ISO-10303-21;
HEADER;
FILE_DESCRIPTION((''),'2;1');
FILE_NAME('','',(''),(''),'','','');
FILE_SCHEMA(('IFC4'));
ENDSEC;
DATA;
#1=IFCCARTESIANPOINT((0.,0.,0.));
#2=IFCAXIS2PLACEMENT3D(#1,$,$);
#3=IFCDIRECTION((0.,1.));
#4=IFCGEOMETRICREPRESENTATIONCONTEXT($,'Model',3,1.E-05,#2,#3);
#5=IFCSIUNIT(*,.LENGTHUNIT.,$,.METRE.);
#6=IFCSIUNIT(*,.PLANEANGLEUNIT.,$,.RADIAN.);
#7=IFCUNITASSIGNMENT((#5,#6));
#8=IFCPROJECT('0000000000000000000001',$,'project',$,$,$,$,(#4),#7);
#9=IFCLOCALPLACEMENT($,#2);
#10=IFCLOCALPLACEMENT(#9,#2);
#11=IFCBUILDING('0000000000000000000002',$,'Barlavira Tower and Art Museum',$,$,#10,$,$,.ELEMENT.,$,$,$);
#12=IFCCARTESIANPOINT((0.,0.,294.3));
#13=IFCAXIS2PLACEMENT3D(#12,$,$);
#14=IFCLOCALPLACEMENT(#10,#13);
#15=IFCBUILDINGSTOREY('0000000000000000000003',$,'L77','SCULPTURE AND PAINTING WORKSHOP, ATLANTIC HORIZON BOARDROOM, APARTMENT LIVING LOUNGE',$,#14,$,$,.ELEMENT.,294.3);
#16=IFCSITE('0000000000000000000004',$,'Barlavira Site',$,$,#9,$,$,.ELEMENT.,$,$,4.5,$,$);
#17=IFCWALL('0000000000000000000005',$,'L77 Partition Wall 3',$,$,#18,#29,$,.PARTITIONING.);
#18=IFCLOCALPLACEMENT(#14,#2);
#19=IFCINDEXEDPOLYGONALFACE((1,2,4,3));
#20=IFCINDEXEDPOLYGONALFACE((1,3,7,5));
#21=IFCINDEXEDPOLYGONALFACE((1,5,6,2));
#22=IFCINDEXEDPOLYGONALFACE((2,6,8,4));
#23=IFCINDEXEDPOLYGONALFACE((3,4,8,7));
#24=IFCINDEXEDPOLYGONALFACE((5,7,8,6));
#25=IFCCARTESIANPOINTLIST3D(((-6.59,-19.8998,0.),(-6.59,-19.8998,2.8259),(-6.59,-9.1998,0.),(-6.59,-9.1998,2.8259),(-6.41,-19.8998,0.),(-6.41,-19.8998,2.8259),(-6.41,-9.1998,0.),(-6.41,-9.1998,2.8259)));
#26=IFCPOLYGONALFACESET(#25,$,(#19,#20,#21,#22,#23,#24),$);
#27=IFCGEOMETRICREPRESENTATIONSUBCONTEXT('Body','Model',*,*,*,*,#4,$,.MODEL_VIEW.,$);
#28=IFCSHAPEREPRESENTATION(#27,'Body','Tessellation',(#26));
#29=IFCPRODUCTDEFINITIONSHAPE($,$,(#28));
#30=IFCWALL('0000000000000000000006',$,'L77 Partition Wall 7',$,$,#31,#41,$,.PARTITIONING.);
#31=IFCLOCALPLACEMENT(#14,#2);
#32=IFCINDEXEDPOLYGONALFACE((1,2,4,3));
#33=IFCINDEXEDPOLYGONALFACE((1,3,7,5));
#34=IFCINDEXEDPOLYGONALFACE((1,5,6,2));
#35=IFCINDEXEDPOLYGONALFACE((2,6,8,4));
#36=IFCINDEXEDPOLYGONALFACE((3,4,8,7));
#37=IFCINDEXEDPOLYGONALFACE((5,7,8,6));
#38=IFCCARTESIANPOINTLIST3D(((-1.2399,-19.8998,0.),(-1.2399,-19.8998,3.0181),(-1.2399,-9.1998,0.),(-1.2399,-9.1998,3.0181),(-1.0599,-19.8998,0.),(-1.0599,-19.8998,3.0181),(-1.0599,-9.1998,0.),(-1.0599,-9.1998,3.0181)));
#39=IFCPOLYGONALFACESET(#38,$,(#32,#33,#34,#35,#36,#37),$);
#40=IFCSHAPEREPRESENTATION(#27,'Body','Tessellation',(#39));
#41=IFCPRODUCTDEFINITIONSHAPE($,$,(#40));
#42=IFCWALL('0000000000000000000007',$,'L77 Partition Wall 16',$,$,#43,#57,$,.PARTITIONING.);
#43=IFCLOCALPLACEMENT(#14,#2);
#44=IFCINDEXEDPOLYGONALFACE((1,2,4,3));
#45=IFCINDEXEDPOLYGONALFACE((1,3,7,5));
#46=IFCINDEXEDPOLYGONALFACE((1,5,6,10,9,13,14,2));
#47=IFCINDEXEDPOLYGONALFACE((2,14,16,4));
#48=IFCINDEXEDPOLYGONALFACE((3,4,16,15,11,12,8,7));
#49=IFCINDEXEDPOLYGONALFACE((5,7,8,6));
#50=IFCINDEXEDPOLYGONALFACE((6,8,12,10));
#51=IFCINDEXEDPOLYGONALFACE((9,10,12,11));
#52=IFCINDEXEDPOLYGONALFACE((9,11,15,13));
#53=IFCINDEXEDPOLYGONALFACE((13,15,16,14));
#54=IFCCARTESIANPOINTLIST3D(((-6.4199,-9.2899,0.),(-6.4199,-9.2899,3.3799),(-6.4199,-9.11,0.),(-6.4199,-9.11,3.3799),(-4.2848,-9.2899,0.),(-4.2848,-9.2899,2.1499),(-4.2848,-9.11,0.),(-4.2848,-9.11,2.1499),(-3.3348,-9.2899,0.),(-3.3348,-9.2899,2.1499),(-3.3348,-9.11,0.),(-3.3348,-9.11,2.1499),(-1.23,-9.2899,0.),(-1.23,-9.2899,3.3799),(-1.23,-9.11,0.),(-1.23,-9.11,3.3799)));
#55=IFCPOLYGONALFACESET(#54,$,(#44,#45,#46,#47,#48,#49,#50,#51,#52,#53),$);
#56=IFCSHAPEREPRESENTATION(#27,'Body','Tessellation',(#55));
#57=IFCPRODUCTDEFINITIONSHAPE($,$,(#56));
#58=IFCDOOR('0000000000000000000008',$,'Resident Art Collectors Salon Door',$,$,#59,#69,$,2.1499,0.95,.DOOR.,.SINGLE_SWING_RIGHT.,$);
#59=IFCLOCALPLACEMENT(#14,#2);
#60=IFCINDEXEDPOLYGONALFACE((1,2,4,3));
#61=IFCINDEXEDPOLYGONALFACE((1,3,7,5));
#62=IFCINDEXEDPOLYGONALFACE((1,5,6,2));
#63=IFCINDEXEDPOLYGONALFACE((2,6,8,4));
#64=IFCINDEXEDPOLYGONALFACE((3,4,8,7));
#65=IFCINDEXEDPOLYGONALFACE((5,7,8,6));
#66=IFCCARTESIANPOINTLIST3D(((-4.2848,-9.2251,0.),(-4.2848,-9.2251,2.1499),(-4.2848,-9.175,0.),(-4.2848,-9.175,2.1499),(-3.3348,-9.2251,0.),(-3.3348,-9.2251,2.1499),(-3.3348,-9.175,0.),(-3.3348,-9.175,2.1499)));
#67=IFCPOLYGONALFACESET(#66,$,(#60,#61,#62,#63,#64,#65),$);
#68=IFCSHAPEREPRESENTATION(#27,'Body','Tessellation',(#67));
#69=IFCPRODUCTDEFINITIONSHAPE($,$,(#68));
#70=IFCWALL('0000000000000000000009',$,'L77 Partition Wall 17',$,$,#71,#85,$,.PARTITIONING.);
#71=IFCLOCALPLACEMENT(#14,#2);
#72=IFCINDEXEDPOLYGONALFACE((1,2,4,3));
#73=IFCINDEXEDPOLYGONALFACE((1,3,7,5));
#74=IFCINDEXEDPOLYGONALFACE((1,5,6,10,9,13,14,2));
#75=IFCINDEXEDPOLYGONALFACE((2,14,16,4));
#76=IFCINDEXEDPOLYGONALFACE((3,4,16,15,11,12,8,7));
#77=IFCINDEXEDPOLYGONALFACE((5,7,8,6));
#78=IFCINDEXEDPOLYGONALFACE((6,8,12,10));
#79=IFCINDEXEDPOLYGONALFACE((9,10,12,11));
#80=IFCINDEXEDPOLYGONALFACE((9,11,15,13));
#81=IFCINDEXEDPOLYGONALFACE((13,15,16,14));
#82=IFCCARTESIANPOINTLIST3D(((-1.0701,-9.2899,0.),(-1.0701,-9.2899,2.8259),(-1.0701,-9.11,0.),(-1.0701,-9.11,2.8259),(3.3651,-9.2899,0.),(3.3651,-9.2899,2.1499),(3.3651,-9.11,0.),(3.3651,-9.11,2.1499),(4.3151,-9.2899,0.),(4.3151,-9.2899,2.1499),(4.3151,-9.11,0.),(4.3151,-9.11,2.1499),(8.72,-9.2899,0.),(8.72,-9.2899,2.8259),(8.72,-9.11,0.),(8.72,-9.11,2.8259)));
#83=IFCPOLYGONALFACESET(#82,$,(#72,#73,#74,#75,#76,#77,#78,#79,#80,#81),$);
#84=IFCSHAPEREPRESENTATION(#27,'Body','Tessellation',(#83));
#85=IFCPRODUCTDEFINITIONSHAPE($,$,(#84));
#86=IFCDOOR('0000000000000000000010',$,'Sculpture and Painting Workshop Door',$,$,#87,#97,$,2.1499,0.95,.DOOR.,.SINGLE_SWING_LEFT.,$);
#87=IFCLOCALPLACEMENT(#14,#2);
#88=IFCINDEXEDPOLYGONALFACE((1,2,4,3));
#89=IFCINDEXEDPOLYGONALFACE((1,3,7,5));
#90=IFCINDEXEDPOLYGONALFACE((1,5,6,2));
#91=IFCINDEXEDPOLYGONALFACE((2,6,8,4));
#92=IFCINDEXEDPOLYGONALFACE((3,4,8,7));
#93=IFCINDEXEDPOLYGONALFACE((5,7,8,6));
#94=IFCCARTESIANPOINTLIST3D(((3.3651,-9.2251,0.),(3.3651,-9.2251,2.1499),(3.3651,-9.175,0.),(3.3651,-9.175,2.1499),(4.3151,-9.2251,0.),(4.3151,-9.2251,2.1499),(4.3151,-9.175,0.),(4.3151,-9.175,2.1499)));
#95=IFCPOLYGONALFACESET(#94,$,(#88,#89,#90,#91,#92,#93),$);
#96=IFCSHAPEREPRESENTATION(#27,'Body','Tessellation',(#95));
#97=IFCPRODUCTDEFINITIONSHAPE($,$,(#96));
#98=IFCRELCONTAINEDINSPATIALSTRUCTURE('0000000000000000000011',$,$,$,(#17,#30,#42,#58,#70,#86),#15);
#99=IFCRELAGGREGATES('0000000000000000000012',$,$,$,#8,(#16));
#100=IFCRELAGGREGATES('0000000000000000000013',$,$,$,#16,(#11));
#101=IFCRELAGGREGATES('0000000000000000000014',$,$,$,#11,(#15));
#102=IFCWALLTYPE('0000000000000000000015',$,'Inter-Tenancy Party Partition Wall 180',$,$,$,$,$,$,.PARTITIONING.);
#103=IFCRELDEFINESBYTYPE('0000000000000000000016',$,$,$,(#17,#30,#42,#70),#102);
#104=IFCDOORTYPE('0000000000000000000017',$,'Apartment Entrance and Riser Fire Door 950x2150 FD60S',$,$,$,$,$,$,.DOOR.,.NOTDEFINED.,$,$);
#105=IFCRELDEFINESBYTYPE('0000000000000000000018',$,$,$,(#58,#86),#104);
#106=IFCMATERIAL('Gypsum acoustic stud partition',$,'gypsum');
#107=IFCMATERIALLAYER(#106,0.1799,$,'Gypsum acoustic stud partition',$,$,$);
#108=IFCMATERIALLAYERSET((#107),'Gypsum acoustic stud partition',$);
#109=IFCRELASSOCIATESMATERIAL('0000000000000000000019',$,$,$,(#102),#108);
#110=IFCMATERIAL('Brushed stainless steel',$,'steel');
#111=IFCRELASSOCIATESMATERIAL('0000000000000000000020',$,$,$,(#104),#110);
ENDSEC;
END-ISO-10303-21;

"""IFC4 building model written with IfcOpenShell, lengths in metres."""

from ifc_helpers import new_model, si_unit, direction, frame, frame_2d, origin, place, context, subcontext, project, spatial, rectangle, extrude, material, layer, layer_set, type_object, element, fill, save


model = new_model("IFC4")

# Units and contexts
model_context = context("Model", 3, precision=1e-05, world=origin(), true_north=direction((0.0, 1.0)))
body_context = subcontext(model_context, "Body", "Model", "MODEL_VIEW")
ifc_project = project(units=[si_unit("LENGTHUNIT", "METRE"), si_unit("PLANEANGLEUNIT", "RADIAN")], contexts=[model_context])

# Site, building, storey
site_placement = place(None, origin())
site = spatial("IfcSite", under=ifc_project, at=site_placement, Name="Barlavira Site", CompositionType="ELEMENT", RefElevation=4.5)
building_placement = place(site_placement, origin())
building = spatial("IfcBuilding", under=site, at=building_placement, Name="Barlavira Tower and Art Museum", CompositionType="ELEMENT")
storey_placement = place(building_placement, frame((0.0, 0.0, 294.3)))
storey = spatial("IfcBuildingStorey", under=building, at=storey_placement, Name="L77", Description="SCULPTURE AND PAINTING WORKSHOP, ATLANTIC HORIZON BOARDROOM, APARTMENT LIVING LOUNGE", CompositionType="ELEMENT", Elevation=294.3)

# Walls
ifc_material_1 = material(Name="Gypsum acoustic stud partition", Category="gypsum")
ifc_layer_1 = layer(ifc_material_1, 0.1799, Name="Gypsum acoustic stud partition")
ifc_layer_set_1 = layer_set([ifc_layer_1], Name="Gypsum acoustic stud partition")
wall_type = type_object("IfcWallType", Name="Inter-Tenancy Party Partition Wall 180", PredefinedType="PARTITIONING", material=ifc_layer_set_1)
wall_1_placement = place(storey_placement, frame((-6.5, -19.8999, 0.0), z_axis=(0.0, 0.0, 1.0), x_axis=(0.0, 1.0, 0.0)))
element("IfcWall", 1, at=wall_1_placement, inside=storey, type_object=wall_type, Name="L77 Partition Wall 3", PredefinedType="PARTITIONING", context=body_context, shape_type="SweptSolid", body=[
    extrude(rectangle(XDim=10.7, YDim=0.1799, at=frame_2d((5.3501, 0.0))), origin(), (0.0, 0.0, 1.0), 2.8259),
])
wall_2_placement = place(storey_placement, frame((-1.1499, -19.8999, 0.0), z_axis=(0.0, 0.0, 1.0), x_axis=(0.0, 1.0, 0.0)))
element("IfcWall", 2, at=wall_2_placement, inside=storey, type_object=wall_type, Name="L77 Partition Wall 7", PredefinedType="PARTITIONING", context=body_context, shape_type="SweptSolid", body=[
    extrude(rectangle(XDim=10.7, YDim=0.1799, at=frame_2d((5.3501, 0.0))), origin(), (0.0, 0.0, 1.0), 3.0181),
])

# Walls, openings, doors
wall_3_placement = place(storey_placement, frame((-6.4199, -9.2, 0.0), z_axis=(0.0, 0.0, 1.0), x_axis=(1.0, 0.0, 0.0)))
wall_3 = element("IfcWall", 3, at=wall_3_placement, inside=storey, type_object=wall_type, Name="L77 Partition Wall 16", PredefinedType="PARTITIONING", context=body_context, shape_type="SweptSolid", body=[
    extrude(rectangle(XDim=5.1899, YDim=0.1799, at=frame_2d((2.595, 0.0))), origin(), (0.0, 0.0, 1.0), 3.3799),
])
opening_1_placement = place(wall_3_placement, frame((2.135, 0.0, 0.0)))
opening_1 = element("IfcOpeningElement", 4, at=opening_1_placement, cuts=wall_3, PredefinedType="OPENING", context=body_context, shape_type="SweptSolid", body=[
    extrude(rectangle(XDim=0.95, YDim=2.1499, at=frame_2d((0.4751, 1.075))), frame((0.0, 0.1001, 0.0), z_axis=(0.0, -1.0, 0.0), x_axis=(1.0, 0.0, 0.0)), (0.0, 0.0, 1.0), 0.2),
])
ifc_material_2 = material(Name="Brushed stainless steel", Category="steel")
door_type = type_object("IfcDoorType", Name="Apartment Entrance and Riser Fire Door 950x2150 FD60S", OperationType="NOTDEFINED", PredefinedType="DOOR", material=ifc_material_2)
door_1_placement = place(opening_1_placement, origin())
door_1 = element("IfcDoor", 5, at=door_1_placement, inside=storey, type_object=door_type, Name="Resident Art Collectors Salon Door", OperationType="SINGLE_SWING_RIGHT", OverallHeight=2.1499, OverallWidth=0.95, PredefinedType="DOOR", context=body_context, shape_type="SweptSolid", body=[
    extrude(rectangle(XDim=0.95, YDim=2.1499, at=frame_2d((0.4751, 1.075))), frame((0.0, 0.0249, 0.0), z_axis=(0.0, -1.0, 0.0), x_axis=(1.0, 0.0, 0.0)), (0.0, 0.0, 1.0), 0.05),
])
fill(opening_1, door_1)
wall_4_placement = place(storey_placement, frame((-1.0701, -9.2, 0.0), z_axis=(0.0, 0.0, 1.0), x_axis=(1.0, 0.0, 0.0)))
wall_4 = element("IfcWall", 6, at=wall_4_placement, inside=storey, type_object=wall_type, Name="L77 Partition Wall 17", PredefinedType="PARTITIONING", context=body_context, shape_type="SweptSolid", body=[
    extrude(rectangle(XDim=9.79, YDim=0.1799, at=frame_2d((4.895, 0.0))), origin(), (0.0, 0.0, 1.0), 2.8259),
])
opening_2_placement = place(wall_4_placement, frame((4.4351, 0.0, 0.0)))
opening_2 = element("IfcOpeningElement", 7, at=opening_2_placement, cuts=wall_4, PredefinedType="OPENING", context=body_context, shape_type="SweptSolid", body=[
    extrude(rectangle(XDim=0.95, YDim=2.1499, at=frame_2d((0.4751, 1.075))), frame((0.0, 0.1001, 0.0), z_axis=(0.0, -1.0, 0.0), x_axis=(1.0, 0.0, 0.0)), (0.0, 0.0, 1.0), 0.2),
])
door_2_placement = place(opening_2_placement, origin())
door_2 = element("IfcDoor", 8, at=door_2_placement, inside=storey, type_object=door_type, Name="Sculpture and Painting Workshop Door", OperationType="SINGLE_SWING_LEFT", OverallHeight=2.1499, OverallWidth=0.95, PredefinedType="DOOR", context=body_context, shape_type="SweptSolid", body=[
    extrude(rectangle(XDim=0.95, YDim=2.1499, at=frame_2d((0.4751, 1.075))), frame((0.0, 0.0249, 0.0), z_axis=(0.0, -1.0, 0.0), x_axis=(1.0, 0.0, 0.0)), (0.0, 0.0, 1.0), 0.05),
])
fill(opening_2, door_2)

save(model, "model.ifc")
